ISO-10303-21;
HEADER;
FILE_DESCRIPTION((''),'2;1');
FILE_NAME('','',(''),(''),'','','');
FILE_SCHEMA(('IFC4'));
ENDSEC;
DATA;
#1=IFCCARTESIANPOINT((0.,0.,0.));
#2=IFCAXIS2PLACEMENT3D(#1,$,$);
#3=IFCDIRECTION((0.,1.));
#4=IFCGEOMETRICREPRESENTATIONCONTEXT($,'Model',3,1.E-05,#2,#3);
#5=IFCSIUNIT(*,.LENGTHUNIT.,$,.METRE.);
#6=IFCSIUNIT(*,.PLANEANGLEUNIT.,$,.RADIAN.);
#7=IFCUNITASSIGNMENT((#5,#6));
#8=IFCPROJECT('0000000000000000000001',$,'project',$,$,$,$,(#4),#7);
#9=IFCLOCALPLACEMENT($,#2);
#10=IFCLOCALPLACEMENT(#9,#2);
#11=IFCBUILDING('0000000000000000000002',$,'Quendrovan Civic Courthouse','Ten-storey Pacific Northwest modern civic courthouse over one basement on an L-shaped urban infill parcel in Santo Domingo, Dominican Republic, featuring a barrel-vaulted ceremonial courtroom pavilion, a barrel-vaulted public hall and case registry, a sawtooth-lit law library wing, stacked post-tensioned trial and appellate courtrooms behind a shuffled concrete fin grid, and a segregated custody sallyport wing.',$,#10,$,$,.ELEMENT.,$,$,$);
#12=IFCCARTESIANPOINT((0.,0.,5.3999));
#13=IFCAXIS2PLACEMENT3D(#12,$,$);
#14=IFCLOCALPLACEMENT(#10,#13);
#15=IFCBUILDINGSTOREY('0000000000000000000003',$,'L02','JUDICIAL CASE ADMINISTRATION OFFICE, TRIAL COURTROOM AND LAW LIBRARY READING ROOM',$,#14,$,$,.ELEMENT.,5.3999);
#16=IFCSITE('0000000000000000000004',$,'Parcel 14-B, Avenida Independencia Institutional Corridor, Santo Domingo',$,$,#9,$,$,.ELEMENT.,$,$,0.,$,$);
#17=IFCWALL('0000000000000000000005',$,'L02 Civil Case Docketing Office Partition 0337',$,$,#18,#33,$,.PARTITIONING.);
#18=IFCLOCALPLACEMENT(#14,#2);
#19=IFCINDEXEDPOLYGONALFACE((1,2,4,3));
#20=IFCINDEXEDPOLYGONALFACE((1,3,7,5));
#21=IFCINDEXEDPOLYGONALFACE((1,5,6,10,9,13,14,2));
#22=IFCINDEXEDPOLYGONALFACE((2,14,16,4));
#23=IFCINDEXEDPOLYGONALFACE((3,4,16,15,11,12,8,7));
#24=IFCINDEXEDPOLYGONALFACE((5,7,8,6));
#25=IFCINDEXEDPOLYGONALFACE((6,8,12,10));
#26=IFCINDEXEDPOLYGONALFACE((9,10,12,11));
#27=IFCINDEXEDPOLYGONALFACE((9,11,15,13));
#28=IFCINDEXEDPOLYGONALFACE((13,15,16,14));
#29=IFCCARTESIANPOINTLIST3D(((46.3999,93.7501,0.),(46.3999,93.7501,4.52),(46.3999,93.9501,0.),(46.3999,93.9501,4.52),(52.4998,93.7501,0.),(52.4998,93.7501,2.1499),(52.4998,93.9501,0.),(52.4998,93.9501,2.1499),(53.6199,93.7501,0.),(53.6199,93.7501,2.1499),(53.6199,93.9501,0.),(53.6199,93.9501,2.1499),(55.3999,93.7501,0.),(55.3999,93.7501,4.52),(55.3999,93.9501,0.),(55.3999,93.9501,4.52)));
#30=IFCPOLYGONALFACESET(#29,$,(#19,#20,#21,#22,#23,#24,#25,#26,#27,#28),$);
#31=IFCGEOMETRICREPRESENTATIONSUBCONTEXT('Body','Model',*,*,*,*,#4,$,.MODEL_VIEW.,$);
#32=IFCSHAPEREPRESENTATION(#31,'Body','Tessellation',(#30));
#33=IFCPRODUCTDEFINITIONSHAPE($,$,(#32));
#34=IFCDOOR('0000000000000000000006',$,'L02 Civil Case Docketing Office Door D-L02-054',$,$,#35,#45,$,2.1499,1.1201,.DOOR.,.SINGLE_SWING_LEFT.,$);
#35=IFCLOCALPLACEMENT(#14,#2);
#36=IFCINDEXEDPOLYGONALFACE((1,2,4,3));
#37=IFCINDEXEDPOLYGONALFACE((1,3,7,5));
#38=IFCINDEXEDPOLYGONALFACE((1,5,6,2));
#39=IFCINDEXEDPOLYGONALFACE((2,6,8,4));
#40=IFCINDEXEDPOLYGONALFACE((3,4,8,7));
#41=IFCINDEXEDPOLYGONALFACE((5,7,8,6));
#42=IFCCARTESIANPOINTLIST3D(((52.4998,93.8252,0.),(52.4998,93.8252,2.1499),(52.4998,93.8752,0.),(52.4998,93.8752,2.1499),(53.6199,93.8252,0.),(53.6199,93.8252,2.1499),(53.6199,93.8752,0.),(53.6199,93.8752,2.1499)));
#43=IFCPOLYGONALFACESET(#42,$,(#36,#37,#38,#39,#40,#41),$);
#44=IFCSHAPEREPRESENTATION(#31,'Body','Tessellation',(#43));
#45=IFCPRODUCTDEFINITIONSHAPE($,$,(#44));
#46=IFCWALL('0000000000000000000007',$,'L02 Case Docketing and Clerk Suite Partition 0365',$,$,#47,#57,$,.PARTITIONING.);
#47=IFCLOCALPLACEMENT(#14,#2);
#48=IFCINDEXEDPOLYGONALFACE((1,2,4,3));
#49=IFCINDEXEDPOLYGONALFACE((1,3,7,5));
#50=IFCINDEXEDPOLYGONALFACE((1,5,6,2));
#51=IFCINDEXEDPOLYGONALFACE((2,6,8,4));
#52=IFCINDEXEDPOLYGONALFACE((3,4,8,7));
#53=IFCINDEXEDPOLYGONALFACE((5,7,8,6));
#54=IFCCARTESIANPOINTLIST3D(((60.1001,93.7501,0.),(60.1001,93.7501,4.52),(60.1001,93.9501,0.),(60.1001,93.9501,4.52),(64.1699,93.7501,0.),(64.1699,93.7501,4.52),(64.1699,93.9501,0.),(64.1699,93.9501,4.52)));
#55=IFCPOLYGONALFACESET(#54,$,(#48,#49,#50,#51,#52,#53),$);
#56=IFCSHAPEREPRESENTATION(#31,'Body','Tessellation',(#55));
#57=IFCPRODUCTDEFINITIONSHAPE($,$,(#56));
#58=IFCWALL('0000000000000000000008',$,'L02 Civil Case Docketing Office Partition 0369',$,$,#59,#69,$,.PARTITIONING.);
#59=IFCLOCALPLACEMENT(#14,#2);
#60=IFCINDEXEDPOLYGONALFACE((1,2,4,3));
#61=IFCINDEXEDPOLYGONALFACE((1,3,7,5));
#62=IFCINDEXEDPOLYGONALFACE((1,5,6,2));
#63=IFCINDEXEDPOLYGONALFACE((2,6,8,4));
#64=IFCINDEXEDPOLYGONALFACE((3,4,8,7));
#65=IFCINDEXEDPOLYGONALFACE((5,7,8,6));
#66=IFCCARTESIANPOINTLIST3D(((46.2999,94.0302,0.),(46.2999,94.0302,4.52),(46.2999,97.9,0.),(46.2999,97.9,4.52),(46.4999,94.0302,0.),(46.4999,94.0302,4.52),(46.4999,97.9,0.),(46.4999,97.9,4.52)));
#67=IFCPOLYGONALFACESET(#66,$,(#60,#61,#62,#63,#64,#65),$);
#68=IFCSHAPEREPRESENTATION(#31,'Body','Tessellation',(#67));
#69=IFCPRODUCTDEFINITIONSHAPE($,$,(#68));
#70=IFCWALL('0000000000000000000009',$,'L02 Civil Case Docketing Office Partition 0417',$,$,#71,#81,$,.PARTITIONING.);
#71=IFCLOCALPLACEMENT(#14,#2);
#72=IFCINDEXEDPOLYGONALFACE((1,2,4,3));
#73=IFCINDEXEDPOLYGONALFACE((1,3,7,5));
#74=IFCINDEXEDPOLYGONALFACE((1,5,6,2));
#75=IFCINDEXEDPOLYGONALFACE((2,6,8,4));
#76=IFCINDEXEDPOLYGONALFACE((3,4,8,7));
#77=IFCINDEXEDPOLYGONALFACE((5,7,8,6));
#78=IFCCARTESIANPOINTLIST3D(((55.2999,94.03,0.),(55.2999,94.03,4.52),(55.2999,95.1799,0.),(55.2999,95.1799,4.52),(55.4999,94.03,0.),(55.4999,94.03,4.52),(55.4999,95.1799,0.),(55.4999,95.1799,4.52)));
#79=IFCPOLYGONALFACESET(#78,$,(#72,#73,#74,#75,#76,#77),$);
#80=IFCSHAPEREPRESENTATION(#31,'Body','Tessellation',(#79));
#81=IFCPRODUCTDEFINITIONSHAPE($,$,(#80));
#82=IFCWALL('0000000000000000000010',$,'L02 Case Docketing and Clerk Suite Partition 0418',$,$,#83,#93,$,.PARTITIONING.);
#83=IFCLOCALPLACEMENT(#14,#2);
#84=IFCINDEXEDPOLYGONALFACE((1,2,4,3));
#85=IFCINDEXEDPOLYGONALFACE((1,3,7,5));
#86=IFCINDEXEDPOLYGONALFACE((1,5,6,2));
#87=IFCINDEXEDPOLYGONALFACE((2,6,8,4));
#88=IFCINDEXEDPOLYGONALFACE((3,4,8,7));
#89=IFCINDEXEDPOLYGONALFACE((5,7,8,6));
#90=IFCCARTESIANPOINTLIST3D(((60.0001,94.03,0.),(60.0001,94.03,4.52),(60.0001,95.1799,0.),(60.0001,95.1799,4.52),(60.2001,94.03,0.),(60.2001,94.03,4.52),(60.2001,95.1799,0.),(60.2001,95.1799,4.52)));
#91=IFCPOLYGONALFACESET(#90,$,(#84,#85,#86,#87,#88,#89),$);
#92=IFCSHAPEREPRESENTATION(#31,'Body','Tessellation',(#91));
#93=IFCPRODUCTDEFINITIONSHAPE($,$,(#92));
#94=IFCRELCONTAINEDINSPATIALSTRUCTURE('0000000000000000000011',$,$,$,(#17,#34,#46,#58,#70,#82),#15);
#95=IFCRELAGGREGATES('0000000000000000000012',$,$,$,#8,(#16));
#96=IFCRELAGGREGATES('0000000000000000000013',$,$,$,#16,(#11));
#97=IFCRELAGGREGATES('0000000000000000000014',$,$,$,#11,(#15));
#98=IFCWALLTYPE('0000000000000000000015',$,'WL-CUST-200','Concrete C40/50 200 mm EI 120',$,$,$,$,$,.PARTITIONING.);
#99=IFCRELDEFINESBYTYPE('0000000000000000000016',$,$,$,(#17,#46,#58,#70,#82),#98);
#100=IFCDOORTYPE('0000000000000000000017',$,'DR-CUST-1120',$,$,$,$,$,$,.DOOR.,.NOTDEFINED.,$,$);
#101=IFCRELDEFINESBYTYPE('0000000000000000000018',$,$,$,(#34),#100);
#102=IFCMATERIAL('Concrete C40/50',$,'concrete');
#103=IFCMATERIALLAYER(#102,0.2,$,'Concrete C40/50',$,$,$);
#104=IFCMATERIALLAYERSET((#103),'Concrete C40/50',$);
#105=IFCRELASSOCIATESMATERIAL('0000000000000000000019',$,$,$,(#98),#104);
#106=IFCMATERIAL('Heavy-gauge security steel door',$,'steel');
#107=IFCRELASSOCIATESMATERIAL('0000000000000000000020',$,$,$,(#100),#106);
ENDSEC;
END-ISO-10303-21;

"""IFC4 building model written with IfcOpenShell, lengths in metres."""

from ifc_helpers import new_model, si_unit, direction, frame, frame_2d, origin, place, context, subcontext, project, spatial, rectangle, extrude, material, layer, layer_set, type_object, element, fill, save


model = new_model("IFC4")

# Units and contexts
model_context = context("Model", 3, precision=1e-05, world=origin(), true_north=direction((0.0, 1.0)))
body_context = subcontext(model_context, "Body", "Model", "MODEL_VIEW")
ifc_project = project(units=[si_unit("LENGTHUNIT", "METRE"), si_unit("PLANEANGLEUNIT", "RADIAN")], contexts=[model_context])

# Site, building, storey
site_placement = place(None, origin())
site = spatial("IfcSite", under=ifc_project, at=site_placement, Name="Parcel 14-B, Avenida Independencia Institutional Corridor, Santo Domingo", CompositionType="ELEMENT", RefElevation=0.0)
building_placement = place(site_placement, origin())
building = spatial("IfcBuilding", under=site, at=building_placement, Name="Quendrovan Civic Courthouse", Description="Ten-storey Pacific Northwest modern civic courthouse over one basement on an L-shaped urban infill parcel in Santo Domingo, Dominican Republic, featuring a barrel-vaulted ceremonial courtroom pavilion, a barrel-vaulted public hall and case registry, a sawtooth-lit law library wing, stacked post-tensioned trial and appellate courtrooms behind a shuffled concrete fin grid, and a segregated custody sallyport wing.", CompositionType="ELEMENT")
storey_placement = place(building_placement, frame((0.0, 0.0, 5.3999)))
storey = spatial("IfcBuildingStorey", under=building, at=storey_placement, Name="L02", Description="JUDICIAL CASE ADMINISTRATION OFFICE, TRIAL COURTROOM AND LAW LIBRARY READING ROOM", CompositionType="ELEMENT", Elevation=5.3999)

# Shared definitions
ifc_material_1 = material(Name="Concrete C40/50", Category="concrete")

# Wall, opening, door
ifc_layer_1 = layer(ifc_material_1, 0.2, Name="Concrete C40/50")
ifc_layer_set_1 = layer_set([ifc_layer_1], Name="Concrete C40/50")
wall_type_1 = type_object("IfcWallType", Name="WL-CUST-200", Description="Concrete C40/50 200 mm EI 120", PredefinedType="PARTITIONING", material=ifc_layer_set_1)
wall_1_placement = place(storey_placement, frame((55.3999, 93.8501, 0.0), z_axis=(0.0, 0.0, 1.0), x_axis=(-1.0, 0.0, 0.0)))
wall_1 = element("IfcWall", 1, at=wall_1_placement, inside=storey, type_object=wall_type_1, Name="L02 Civil Case Docketing Office Partition 0337", PredefinedType="PARTITIONING", context=body_context, shape_type="SweptSolid", body=[
    extrude(rectangle(XDim=9.0, YDim=0.2, at=frame_2d((4.5, 0.0))), origin(), (0.0, 0.0, 1.0), 4.52),
])
opening_placement = place(wall_1_placement, frame((1.78, 0.0, 0.0)))
opening = element("IfcOpeningElement", 2, at=opening_placement, cuts=wall_1, PredefinedType="OPENING", context=body_context, shape_type="SweptSolid", body=[
    extrude(rectangle(XDim=1.1201, YDim=2.1499, at=frame_2d((0.5601, 1.075))), frame((0.0, 0.1099, 0.0), z_axis=(0.0, -1.0, 0.0), x_axis=(1.0, 0.0, 0.0)), (0.0, 0.0, 1.0), 0.22),
])
ifc_material_2 = material(Name="Heavy-gauge security steel door", Category="steel")
door_type = type_object("IfcDoorType", Name="DR-CUST-1120", OperationType="NOTDEFINED", PredefinedType="DOOR", material=ifc_material_2)
door_placement = place(opening_placement, origin())
door = element("IfcDoor", 3, at=door_placement, inside=storey, type_object=door_type, Name="L02 Civil Case Docketing Office Door D-L02-054", OperationType="SINGLE_SWING_LEFT", OverallHeight=2.1499, OverallWidth=1.1201, PredefinedType="DOOR", context=body_context, shape_type="SweptSolid", body=[
    extrude(rectangle(XDim=1.1201, YDim=2.1499, at=frame_2d((0.5601, 1.075))), frame((0.0, 0.0249, 0.0), z_axis=(0.0, -1.0, 0.0), x_axis=(1.0, 0.0, 0.0)), (0.0, 0.0, 1.0), 0.05),
])
fill(opening, door)

# Walls
wall_2_placement = place(storey_placement, frame((64.1699, 93.8501, 0.0), z_axis=(0.0, 0.0, 1.0), x_axis=(-1.0, 0.0, 0.0)))
element("IfcWall", 4, at=wall_2_placement, inside=storey, type_object=wall_type_1, Name="L02 Case Docketing and Clerk Suite Partition 0365", PredefinedType="PARTITIONING", context=body_context, shape_type="SweptSolid", body=[
    extrude(rectangle(XDim=4.0698, YDim=0.2, at=frame_2d((2.0349, 0.0))), origin(), (0.0, 0.0, 1.0), 4.52),
])
wall_3_placement = place(storey_placement, frame((46.3999, 94.03, 0.0), z_axis=(0.0, 0.0, 1.0), x_axis=(0.0, 1.0, 0.0)))
element("IfcWall", 5, at=wall_3_placement, inside=storey, type_object=wall_type_1, Name="L02 Civil Case Docketing Office Partition 0369", PredefinedType="PARTITIONING", context=body_context, shape_type="SweptSolid", body=[
    extrude(rectangle(XDim=3.8699, YDim=0.2, at=frame_2d((1.9351, 0.0))), origin(), (0.0, 0.0, 1.0), 4.52),
])
for number, where, z_axis, x_axis, name in (
    (6, (55.3999, 95.1799, 0.0), (0.0, 0.0, 1.0), (0.0, -1.0, 0.0), "L02 Civil Case Docketing Office Partition 0417"),
    (7, (60.1001, 94.03, 0.0), (0.0, 0.0, 1.0), (0.0, 1.0, 0.0), "L02 Case Docketing and Clerk Suite Partition 0418"),
):
    element("IfcWall", number, at=place(storey_placement, frame(where, z_axis=z_axis, x_axis=x_axis)), inside=storey, type_object=wall_type_1, Name=name, PredefinedType="PARTITIONING", context=body_context, shape_type="SweptSolid", body=[
        extrude(rectangle(XDim=1.1499, YDim=0.2, at=frame_2d((0.575, 0.0))), origin(), (0.0, 0.0, 1.0), 4.52),
    ])

save(model, "model.ifc")
